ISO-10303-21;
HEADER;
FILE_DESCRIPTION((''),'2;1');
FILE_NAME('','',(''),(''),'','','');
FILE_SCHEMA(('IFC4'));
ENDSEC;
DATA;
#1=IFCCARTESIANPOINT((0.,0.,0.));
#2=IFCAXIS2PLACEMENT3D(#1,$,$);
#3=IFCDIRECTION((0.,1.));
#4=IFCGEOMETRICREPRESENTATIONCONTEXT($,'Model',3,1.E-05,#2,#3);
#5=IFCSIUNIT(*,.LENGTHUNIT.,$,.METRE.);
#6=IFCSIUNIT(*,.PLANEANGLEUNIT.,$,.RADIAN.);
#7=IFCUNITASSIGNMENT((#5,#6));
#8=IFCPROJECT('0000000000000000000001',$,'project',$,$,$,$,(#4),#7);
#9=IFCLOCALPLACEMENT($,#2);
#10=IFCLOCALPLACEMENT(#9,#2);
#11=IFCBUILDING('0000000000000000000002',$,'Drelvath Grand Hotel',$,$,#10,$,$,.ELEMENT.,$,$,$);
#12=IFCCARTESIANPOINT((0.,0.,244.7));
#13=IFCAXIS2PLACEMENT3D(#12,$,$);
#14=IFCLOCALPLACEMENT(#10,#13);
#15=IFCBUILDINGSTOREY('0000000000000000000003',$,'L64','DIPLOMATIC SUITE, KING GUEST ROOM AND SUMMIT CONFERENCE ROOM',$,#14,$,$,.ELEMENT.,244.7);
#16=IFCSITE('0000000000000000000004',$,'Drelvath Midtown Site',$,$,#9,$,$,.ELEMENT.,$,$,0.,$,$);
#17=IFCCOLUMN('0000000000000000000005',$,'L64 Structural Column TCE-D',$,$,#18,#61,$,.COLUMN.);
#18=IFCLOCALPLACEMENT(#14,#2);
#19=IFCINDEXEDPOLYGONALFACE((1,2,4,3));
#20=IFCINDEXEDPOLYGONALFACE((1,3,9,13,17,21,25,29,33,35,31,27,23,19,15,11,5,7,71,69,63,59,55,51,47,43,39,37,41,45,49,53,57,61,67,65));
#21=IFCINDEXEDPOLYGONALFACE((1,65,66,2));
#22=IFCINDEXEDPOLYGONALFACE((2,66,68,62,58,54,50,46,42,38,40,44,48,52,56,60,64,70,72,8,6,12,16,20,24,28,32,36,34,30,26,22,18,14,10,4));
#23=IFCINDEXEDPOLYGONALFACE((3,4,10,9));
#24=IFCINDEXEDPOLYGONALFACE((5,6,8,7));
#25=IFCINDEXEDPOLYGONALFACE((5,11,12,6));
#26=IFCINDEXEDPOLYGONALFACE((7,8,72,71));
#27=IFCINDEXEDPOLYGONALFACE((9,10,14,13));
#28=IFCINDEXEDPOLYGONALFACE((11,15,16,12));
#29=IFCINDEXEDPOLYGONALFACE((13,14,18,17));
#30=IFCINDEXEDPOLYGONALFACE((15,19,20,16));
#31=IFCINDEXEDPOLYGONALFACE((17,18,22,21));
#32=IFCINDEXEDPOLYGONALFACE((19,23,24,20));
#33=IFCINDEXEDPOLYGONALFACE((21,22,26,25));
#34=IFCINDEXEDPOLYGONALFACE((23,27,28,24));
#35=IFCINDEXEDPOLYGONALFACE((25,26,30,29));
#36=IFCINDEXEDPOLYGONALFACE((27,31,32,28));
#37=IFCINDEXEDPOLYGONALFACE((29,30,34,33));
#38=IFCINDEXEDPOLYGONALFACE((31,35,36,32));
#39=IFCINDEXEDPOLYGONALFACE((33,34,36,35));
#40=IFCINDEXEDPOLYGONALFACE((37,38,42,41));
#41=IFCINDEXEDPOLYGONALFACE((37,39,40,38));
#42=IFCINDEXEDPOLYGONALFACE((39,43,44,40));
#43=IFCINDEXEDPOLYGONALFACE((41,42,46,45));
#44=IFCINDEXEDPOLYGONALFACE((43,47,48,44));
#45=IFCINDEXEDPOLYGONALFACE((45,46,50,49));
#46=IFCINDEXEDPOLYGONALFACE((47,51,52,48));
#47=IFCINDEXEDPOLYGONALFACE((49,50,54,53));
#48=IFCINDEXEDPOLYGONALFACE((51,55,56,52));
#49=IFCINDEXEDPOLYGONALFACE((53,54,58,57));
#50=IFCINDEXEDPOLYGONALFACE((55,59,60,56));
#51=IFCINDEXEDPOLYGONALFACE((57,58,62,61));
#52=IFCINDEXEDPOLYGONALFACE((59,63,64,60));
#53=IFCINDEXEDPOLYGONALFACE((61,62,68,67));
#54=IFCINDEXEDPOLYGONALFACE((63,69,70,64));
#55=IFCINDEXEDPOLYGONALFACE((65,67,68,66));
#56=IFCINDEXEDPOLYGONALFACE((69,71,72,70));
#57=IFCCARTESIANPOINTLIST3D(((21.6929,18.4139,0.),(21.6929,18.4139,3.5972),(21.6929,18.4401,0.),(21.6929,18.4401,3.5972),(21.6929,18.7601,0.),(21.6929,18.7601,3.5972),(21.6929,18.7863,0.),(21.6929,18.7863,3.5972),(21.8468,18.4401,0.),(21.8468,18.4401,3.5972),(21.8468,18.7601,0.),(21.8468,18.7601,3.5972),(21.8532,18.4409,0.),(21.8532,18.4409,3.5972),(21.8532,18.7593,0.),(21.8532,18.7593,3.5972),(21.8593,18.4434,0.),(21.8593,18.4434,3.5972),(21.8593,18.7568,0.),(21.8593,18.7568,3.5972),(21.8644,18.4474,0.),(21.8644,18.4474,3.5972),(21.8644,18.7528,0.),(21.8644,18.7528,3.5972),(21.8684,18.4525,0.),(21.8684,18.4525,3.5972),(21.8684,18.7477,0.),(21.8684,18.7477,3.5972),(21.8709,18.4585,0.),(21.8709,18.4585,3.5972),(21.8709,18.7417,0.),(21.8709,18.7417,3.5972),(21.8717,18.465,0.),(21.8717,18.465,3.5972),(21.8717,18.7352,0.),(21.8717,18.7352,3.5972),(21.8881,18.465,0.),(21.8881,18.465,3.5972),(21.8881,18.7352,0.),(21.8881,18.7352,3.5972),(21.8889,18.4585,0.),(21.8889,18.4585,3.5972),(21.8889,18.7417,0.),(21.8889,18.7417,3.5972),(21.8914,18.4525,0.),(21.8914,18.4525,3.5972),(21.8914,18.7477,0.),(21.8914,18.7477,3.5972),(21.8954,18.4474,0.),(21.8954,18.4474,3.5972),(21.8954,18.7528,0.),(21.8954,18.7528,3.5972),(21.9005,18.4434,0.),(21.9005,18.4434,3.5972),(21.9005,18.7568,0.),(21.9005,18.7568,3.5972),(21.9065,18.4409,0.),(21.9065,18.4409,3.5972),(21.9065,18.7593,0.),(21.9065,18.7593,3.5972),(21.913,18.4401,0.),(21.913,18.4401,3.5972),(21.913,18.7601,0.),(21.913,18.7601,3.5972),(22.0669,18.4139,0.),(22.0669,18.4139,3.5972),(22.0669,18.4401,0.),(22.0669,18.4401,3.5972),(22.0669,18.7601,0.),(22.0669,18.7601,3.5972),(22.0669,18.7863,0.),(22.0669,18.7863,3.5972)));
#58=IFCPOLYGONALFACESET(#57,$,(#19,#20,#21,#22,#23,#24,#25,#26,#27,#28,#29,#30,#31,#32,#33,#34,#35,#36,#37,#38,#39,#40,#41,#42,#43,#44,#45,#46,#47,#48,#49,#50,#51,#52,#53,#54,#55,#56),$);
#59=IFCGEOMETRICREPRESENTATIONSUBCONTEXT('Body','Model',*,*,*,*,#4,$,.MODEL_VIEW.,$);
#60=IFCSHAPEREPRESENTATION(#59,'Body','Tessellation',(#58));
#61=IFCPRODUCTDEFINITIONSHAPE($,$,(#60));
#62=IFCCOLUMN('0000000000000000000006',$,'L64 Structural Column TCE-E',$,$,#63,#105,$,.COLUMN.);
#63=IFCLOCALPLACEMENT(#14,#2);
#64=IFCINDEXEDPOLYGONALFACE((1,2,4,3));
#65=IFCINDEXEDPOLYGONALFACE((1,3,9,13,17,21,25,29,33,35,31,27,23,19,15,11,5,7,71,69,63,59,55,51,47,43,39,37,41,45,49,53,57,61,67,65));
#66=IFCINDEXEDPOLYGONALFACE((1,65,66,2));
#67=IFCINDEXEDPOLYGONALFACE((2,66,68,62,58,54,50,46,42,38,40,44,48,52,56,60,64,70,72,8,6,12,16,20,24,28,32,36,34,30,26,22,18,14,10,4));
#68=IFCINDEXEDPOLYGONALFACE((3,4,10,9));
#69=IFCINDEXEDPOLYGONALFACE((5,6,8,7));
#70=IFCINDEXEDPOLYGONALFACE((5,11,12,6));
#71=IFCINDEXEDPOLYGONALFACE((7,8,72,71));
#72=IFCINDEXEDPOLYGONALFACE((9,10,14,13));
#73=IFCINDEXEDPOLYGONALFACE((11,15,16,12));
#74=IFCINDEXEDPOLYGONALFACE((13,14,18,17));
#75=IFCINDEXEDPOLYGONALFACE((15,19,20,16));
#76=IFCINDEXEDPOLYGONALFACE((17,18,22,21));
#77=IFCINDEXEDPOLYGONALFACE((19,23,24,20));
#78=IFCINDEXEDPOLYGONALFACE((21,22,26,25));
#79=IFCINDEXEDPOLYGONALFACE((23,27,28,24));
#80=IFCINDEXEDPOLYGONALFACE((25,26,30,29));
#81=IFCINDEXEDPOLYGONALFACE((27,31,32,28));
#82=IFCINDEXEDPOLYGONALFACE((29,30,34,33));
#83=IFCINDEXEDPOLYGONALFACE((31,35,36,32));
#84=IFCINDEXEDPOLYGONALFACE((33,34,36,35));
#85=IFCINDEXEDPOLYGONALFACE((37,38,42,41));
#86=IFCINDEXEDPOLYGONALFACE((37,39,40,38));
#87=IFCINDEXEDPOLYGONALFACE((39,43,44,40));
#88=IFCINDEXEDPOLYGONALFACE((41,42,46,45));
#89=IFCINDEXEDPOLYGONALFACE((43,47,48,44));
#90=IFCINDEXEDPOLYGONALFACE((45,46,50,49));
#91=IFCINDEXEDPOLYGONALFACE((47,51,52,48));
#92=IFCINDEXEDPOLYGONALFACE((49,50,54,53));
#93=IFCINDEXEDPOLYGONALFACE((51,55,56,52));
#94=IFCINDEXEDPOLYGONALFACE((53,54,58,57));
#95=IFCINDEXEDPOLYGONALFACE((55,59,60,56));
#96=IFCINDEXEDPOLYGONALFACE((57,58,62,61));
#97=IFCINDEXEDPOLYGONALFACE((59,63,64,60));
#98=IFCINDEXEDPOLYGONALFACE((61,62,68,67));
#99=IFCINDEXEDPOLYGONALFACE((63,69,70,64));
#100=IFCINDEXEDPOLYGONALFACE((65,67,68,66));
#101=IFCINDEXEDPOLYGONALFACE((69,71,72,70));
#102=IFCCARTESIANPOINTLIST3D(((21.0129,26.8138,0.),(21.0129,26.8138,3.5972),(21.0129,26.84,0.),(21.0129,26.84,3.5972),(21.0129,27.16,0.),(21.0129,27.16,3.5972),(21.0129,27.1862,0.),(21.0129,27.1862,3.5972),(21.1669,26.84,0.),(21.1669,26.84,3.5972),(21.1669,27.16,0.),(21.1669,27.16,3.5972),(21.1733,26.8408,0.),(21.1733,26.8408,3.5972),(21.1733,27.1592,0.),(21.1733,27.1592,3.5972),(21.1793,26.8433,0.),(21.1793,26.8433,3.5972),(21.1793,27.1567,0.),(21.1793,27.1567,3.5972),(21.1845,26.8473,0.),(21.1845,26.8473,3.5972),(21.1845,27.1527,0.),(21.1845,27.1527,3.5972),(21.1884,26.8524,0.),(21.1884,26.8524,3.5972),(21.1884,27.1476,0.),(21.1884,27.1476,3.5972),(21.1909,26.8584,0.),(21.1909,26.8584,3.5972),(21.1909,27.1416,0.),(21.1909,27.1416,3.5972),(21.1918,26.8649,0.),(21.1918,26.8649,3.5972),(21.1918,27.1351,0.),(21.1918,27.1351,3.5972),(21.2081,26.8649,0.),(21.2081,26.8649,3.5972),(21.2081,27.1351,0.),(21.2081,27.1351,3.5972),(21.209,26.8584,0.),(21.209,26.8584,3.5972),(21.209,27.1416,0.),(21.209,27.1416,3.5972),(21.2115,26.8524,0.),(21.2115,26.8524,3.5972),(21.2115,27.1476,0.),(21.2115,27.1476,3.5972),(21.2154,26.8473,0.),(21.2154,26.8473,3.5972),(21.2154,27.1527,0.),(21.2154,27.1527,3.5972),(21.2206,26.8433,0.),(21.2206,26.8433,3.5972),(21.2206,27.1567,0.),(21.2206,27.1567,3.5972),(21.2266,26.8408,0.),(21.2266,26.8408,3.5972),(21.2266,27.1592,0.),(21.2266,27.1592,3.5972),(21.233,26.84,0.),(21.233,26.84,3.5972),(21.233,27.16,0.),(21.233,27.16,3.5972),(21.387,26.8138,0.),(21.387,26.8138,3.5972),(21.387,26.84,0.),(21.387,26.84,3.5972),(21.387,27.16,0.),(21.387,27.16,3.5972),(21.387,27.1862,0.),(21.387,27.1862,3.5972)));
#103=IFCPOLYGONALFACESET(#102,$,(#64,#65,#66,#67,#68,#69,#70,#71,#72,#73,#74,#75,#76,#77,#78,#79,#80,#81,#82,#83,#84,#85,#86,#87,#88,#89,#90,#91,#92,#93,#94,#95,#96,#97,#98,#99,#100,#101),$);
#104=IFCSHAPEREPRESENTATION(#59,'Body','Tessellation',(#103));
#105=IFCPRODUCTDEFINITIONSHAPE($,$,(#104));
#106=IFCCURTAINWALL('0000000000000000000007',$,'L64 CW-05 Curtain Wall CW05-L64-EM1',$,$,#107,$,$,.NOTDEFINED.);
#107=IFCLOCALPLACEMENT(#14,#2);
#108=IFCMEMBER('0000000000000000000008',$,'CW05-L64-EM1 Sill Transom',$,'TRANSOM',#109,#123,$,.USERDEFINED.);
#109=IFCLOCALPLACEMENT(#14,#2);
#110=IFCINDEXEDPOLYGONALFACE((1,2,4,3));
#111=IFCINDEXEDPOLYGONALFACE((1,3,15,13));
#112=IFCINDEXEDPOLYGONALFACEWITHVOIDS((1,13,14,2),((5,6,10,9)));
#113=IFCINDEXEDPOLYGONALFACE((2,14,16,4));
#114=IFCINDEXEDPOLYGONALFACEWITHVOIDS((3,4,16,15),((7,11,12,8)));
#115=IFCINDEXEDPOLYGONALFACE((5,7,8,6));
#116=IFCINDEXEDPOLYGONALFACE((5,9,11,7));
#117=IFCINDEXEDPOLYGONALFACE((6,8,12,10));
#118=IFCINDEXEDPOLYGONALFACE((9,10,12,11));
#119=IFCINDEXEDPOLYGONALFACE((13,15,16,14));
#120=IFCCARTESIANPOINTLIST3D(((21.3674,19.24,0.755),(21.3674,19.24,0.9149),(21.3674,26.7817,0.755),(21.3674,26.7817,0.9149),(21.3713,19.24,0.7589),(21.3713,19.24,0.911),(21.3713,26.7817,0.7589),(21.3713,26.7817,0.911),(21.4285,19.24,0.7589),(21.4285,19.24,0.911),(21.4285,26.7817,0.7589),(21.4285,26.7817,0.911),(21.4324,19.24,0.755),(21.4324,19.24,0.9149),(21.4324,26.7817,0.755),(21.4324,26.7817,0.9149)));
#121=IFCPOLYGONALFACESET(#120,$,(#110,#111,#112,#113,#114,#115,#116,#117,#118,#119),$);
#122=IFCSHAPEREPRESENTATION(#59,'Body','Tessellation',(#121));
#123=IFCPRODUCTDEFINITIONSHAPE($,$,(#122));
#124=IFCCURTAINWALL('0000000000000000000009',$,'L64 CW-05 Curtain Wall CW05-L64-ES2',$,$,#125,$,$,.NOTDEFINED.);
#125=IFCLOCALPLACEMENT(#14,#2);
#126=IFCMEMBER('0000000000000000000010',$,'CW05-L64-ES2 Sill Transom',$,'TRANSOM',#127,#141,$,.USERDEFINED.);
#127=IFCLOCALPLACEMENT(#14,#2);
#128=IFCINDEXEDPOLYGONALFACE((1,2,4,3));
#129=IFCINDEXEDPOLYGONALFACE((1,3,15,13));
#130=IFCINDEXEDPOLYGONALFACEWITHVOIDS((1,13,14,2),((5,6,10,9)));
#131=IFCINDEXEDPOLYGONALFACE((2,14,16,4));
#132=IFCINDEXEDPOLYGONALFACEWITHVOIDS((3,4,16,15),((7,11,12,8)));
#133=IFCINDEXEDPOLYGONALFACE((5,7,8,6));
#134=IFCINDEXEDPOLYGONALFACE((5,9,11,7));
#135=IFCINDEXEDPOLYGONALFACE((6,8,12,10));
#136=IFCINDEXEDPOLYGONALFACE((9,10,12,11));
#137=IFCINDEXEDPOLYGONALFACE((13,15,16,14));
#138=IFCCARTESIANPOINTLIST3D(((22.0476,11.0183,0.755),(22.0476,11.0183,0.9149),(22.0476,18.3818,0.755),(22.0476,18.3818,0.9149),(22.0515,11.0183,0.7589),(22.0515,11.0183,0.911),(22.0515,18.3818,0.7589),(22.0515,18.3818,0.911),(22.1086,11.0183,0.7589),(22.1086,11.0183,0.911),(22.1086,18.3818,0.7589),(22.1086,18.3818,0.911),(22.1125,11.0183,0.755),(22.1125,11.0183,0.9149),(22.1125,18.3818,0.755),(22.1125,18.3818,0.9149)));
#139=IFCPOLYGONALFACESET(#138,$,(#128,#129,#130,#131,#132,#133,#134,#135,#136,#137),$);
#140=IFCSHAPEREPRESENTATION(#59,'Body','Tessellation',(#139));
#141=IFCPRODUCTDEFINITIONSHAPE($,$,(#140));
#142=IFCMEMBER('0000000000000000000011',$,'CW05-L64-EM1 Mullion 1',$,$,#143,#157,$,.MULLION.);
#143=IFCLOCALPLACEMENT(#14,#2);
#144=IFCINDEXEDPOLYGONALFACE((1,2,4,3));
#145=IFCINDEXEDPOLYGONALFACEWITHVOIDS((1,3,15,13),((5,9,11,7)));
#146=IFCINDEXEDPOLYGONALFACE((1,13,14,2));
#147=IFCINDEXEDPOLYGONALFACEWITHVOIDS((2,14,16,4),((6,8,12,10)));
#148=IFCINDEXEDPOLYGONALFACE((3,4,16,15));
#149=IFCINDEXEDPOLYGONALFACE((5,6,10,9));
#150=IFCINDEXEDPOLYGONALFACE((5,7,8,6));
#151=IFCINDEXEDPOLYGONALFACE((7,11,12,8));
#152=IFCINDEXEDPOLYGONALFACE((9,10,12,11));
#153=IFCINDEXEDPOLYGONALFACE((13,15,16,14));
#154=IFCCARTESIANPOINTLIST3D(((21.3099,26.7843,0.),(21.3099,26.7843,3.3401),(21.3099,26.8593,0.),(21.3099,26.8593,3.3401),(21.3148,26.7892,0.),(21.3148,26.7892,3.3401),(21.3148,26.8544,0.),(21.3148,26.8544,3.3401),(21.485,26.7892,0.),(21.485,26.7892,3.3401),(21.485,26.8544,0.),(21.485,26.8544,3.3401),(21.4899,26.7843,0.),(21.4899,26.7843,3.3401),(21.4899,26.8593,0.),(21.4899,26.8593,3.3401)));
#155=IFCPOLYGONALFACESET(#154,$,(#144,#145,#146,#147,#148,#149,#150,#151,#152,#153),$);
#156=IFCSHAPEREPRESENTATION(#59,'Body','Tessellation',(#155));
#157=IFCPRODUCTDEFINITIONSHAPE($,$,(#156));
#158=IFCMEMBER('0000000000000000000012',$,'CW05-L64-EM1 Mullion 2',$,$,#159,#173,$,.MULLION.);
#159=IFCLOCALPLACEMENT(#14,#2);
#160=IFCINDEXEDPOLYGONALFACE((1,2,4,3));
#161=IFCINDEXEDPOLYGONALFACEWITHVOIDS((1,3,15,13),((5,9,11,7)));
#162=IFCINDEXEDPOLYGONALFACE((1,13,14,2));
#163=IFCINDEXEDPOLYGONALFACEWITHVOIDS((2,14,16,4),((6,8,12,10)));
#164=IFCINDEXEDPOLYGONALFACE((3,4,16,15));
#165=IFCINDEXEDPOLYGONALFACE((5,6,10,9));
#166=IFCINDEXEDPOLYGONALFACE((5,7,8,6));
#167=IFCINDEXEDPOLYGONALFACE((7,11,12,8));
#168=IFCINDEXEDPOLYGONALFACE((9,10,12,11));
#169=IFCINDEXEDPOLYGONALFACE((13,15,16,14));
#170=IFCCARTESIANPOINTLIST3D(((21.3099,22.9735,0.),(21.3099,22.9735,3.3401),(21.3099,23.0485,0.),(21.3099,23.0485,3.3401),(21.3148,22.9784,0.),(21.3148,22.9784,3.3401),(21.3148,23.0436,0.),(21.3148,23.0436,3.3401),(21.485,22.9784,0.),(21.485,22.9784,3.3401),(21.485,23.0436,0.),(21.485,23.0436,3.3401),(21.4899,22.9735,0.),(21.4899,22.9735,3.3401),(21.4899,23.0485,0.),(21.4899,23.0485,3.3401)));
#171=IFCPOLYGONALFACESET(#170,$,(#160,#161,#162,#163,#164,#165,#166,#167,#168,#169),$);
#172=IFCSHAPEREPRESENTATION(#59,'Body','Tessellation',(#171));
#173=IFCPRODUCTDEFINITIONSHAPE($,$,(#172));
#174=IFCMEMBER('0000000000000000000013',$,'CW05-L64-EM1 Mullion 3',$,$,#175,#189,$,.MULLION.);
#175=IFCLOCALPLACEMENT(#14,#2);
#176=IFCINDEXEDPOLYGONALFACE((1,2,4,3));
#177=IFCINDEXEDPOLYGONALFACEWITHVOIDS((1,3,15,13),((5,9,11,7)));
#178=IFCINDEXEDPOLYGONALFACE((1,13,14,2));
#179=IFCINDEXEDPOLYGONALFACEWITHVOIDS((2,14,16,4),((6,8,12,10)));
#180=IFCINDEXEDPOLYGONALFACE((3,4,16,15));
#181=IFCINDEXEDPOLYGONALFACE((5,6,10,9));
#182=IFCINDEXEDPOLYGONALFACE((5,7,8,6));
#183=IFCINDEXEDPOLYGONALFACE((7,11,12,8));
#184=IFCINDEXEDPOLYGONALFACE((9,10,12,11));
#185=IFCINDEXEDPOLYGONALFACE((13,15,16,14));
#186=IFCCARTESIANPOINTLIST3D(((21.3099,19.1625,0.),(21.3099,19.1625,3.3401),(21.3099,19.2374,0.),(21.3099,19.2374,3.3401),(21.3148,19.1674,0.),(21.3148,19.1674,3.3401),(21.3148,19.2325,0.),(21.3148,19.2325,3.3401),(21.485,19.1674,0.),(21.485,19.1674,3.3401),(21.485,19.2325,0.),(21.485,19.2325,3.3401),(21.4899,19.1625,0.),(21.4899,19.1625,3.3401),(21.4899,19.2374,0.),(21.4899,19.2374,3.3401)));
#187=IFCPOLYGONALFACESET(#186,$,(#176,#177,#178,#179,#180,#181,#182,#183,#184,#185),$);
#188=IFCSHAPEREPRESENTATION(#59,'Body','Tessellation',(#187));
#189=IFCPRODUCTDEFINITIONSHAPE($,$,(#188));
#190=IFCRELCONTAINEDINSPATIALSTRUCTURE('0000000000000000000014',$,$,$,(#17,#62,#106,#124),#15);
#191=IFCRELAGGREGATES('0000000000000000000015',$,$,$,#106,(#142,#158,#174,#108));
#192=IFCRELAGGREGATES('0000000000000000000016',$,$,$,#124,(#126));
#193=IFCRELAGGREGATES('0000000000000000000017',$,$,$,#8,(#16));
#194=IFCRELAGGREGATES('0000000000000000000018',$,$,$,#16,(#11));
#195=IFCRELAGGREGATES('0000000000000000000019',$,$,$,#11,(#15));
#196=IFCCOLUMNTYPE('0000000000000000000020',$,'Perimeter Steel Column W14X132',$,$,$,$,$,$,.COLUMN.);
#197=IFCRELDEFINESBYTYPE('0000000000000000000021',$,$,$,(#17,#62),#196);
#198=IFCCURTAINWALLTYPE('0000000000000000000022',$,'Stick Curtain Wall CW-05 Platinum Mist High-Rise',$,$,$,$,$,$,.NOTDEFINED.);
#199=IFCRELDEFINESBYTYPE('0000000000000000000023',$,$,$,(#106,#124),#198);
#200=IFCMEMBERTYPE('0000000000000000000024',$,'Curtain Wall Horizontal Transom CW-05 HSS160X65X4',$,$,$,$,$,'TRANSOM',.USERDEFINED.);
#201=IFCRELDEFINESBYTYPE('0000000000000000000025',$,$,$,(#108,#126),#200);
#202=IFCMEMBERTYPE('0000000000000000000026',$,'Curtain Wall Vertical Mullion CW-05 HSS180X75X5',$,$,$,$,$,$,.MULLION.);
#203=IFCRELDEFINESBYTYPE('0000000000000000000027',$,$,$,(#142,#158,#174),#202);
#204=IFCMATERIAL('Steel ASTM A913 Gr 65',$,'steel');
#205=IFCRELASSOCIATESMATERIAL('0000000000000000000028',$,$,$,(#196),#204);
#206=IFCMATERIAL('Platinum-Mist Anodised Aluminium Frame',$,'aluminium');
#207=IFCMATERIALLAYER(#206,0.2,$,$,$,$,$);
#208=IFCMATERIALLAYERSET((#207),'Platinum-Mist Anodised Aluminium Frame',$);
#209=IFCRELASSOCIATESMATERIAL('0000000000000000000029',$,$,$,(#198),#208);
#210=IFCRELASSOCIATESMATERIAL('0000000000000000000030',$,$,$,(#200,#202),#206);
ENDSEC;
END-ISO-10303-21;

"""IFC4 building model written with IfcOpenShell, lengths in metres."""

from ifc_helpers import new_model, si_unit, direction, frame, origin, origin_2d, place, context, subcontext, project, spatial, hollow_rectangle, i_section, extrude, material, layer, layer_set, material_profile, profile_set, type_object, element, aggregate, save


model = new_model("IFC4")

# Units and contexts
model_context = context("Model", 3, precision=1e-05, world=origin(), true_north=direction((0.0, 1.0)))
body_context = subcontext(model_context, "Body", "Model", "MODEL_VIEW")
ifc_project = project(units=[si_unit("LENGTHUNIT", "METRE"), si_unit("PLANEANGLEUNIT", "RADIAN")], contexts=[model_context])

# Site, building, storey
site_placement = place(None, origin())
site = spatial("IfcSite", under=ifc_project, at=site_placement, Name="Drelvath Midtown Site", CompositionType="ELEMENT", RefElevation=0.0)
building_placement = place(site_placement, origin())
building = spatial("IfcBuilding", under=site, at=building_placement, Name="Drelvath Grand Hotel", CompositionType="ELEMENT")
storey_placement = place(building_placement, frame((0.0, 0.0, 244.7)))
storey = spatial("IfcBuildingStorey", under=building, at=storey_placement, Name="L64", Description="DIPLOMATIC SUITE, KING GUEST ROOM AND SUMMIT CONFERENCE ROOM", CompositionType="ELEMENT", Elevation=244.7)

# Columns
ifc_material_1 = material(Name="Steel ASTM A913 Gr 65", Category="steel")
ifc_material_profile_1 = material_profile(ifc_material_1, i_section(OverallWidth=0.374, OverallDepth=0.3723, WebThickness=0.0164, FlangeThickness=0.0261, FilletRadius=0.0249, at=origin_2d()), Name="W14X132")
ifc_profile_set_1 = profile_set([ifc_material_profile_1], Name="Steel ASTM A913 Gr 65")
column_type = type_object("IfcColumnType", Name="Perimeter Steel Column W14X132", PredefinedType="COLUMN", material=ifc_profile_set_1)
for number, where, z_axis, x_axis, name in (
    (1, (21.8799, 18.6001, 0.0), (0.0, 0.0, 1.0), (1.0, 0.0, 0.0), "L64 Structural Column TCE-D"),
    (2, (21.2, 27.0, 0.0), (0.0, 0.0, 1.0), (1.0, 0.0, 0.0), "L64 Structural Column TCE-E"),
):
    element("IfcColumn", number, at=place(storey_placement, frame(where, z_axis=z_axis, x_axis=x_axis)), inside=storey, type_object=column_type, Name=name, PredefinedType="COLUMN", context=body_context, shape_type="SweptSolid", body=[
        extrude(i_section(OverallWidth=0.374, OverallDepth=0.3723, WebThickness=0.0164, FlangeThickness=0.0261, FilletRadius=0.0249, at=origin_2d()), origin(), (0.0, 0.0, 1.0), 3.5972),
    ])

# Curtain walls, members
ifc_material_2 = material(Name="Platinum-Mist Anodised Aluminium Frame", Category="aluminium")
ifc_layer_1 = layer(ifc_material_2, 0.2)
ifc_layer_set_1 = layer_set([ifc_layer_1], Name="Platinum-Mist Anodised Aluminium Frame")
curtain_wall_type = type_object("IfcCurtainWallType", Name="Stick Curtain Wall CW-05 Platinum Mist High-Rise", PredefinedType="NOTDEFINED", material=ifc_layer_set_1)
curtain_wall_1_placement = place(storey_placement, origin())
curtain_wall_1 = element("IfcCurtainWall", 3, at=curtain_wall_1_placement, inside=storey, type_object=curtain_wall_type, Name="L64 CW-05 Curtain Wall CW05-L64-EM1", PredefinedType="NOTDEFINED")
ifc_material_profile_2 = material_profile(ifc_material_2, hollow_rectangle(XDim=0.0649, YDim=0.1599, WallThickness=0.0039, at=origin_2d()), Name="HSS160X65X4")
ifc_profile_set_2 = profile_set([ifc_material_profile_2], Name="Platinum-Mist Anodised Aluminium Frame")
member_type_1 = type_object("IfcMemberType", Name="Curtain Wall Horizontal Transom CW-05 HSS160X65X4", ElementType="TRANSOM", PredefinedType="USERDEFINED", material=ifc_profile_set_2)
member_1_placement = place(storey_placement, frame((21.3999, 26.7817, 0.835), z_axis=(0.0, -1.0, 0.0), x_axis=(1.0, 0.0, 0.0)))
member_1 = element("IfcMember", 4, at=member_1_placement, type_object=member_type_1, Name="CW05-L64-EM1 Sill Transom", ObjectType="TRANSOM", PredefinedType="USERDEFINED", context=body_context, shape_type="SweptSolid", body=[
    extrude(hollow_rectangle(XDim=0.0649, YDim=0.1599, WallThickness=0.0039, at=origin_2d()), origin(), (0.0, 0.0, 1.0), 7.5417),
])
curtain_wall_2_placement = place(storey_placement, origin())
curtain_wall_2 = element("IfcCurtainWall", 5, at=curtain_wall_2_placement, inside=storey, type_object=curtain_wall_type, Name="L64 CW-05 Curtain Wall CW05-L64-ES2", PredefinedType="NOTDEFINED")
member_2_placement = place(storey_placement, frame((22.0801, 18.3818, 0.835), z_axis=(0.0, -1.0, 0.0), x_axis=(1.0, 0.0, 0.0)))
member_2 = element("IfcMember", 6, at=member_2_placement, type_object=member_type_1, Name="CW05-L64-ES2 Sill Transom", ObjectType="TRANSOM", PredefinedType="USERDEFINED", context=body_context, shape_type="SweptSolid", body=[
    extrude(hollow_rectangle(XDim=0.0649, YDim=0.1599, WallThickness=0.0039, at=origin_2d()), origin(), (0.0, 0.0, 1.0), 7.3635),
])

# Members
ifc_material_profile_3 = material_profile(ifc_material_2, hollow_rectangle(XDim=0.075, YDim=0.1799, WallThickness=0.0049, at=origin_2d()), Name="HSS180X75X5")
ifc_profile_set_3 = profile_set([ifc_material_profile_3], Name="Platinum-Mist Anodised Aluminium Frame")
member_type_2 = type_object("IfcMemberType", Name="Curtain Wall Vertical Mullion CW-05 HSS180X75X5", PredefinedType="MULLION", material=ifc_profile_set_3)
member_3_placement = place(storey_placement, frame((21.3999, 26.8218, 0.0), z_axis=(0.0, 0.0, 1.0), x_axis=(0.0, 1.0, 0.0)))
member_3 = element("IfcMember", 7, at=member_3_placement, type_object=member_type_2, Name="CW05-L64-EM1 Mullion 1", PredefinedType="MULLION", context=body_context, shape_type="SweptSolid", body=[
    extrude(hollow_rectangle(XDim=0.075, YDim=0.1799, WallThickness=0.0049, at=origin_2d()), origin(), (0.0, 0.0, 1.0), 3.3401),
])
member_4_placement = place(storey_placement, frame((21.3999, 23.011, 0.0), z_axis=(0.0, 0.0, 1.0), x_axis=(0.0, 1.0, 0.0)))
member_4 = element("IfcMember", 8, at=member_4_placement, type_object=member_type_2, Name="CW05-L64-EM1 Mullion 2", PredefinedType="MULLION", context=body_context, shape_type="SweptSolid", body=[
    extrude(hollow_rectangle(XDim=0.075, YDim=0.1799, WallThickness=0.0049, at=origin_2d()), origin(), (0.0, 0.0, 1.0), 3.3401),
])
member_5_placement = place(storey_placement, frame((21.3999, 19.2, 0.0), z_axis=(0.0, 0.0, 1.0), x_axis=(0.0, 1.0, 0.0)))
member_5 = element("IfcMember", 9, at=member_5_placement, type_object=member_type_2, Name="CW05-L64-EM1 Mullion 3", PredefinedType="MULLION", context=body_context, shape_type="SweptSolid", body=[
    extrude(hollow_rectangle(XDim=0.075, YDim=0.1799, WallThickness=0.0049, at=origin_2d()), origin(), (0.0, 0.0, 1.0), 3.3401),
])

aggregate(curtain_wall_1, [member_3, member_4, member_5, member_1])
aggregate(curtain_wall_2, [member_2])

save(model, "model.ifc")
